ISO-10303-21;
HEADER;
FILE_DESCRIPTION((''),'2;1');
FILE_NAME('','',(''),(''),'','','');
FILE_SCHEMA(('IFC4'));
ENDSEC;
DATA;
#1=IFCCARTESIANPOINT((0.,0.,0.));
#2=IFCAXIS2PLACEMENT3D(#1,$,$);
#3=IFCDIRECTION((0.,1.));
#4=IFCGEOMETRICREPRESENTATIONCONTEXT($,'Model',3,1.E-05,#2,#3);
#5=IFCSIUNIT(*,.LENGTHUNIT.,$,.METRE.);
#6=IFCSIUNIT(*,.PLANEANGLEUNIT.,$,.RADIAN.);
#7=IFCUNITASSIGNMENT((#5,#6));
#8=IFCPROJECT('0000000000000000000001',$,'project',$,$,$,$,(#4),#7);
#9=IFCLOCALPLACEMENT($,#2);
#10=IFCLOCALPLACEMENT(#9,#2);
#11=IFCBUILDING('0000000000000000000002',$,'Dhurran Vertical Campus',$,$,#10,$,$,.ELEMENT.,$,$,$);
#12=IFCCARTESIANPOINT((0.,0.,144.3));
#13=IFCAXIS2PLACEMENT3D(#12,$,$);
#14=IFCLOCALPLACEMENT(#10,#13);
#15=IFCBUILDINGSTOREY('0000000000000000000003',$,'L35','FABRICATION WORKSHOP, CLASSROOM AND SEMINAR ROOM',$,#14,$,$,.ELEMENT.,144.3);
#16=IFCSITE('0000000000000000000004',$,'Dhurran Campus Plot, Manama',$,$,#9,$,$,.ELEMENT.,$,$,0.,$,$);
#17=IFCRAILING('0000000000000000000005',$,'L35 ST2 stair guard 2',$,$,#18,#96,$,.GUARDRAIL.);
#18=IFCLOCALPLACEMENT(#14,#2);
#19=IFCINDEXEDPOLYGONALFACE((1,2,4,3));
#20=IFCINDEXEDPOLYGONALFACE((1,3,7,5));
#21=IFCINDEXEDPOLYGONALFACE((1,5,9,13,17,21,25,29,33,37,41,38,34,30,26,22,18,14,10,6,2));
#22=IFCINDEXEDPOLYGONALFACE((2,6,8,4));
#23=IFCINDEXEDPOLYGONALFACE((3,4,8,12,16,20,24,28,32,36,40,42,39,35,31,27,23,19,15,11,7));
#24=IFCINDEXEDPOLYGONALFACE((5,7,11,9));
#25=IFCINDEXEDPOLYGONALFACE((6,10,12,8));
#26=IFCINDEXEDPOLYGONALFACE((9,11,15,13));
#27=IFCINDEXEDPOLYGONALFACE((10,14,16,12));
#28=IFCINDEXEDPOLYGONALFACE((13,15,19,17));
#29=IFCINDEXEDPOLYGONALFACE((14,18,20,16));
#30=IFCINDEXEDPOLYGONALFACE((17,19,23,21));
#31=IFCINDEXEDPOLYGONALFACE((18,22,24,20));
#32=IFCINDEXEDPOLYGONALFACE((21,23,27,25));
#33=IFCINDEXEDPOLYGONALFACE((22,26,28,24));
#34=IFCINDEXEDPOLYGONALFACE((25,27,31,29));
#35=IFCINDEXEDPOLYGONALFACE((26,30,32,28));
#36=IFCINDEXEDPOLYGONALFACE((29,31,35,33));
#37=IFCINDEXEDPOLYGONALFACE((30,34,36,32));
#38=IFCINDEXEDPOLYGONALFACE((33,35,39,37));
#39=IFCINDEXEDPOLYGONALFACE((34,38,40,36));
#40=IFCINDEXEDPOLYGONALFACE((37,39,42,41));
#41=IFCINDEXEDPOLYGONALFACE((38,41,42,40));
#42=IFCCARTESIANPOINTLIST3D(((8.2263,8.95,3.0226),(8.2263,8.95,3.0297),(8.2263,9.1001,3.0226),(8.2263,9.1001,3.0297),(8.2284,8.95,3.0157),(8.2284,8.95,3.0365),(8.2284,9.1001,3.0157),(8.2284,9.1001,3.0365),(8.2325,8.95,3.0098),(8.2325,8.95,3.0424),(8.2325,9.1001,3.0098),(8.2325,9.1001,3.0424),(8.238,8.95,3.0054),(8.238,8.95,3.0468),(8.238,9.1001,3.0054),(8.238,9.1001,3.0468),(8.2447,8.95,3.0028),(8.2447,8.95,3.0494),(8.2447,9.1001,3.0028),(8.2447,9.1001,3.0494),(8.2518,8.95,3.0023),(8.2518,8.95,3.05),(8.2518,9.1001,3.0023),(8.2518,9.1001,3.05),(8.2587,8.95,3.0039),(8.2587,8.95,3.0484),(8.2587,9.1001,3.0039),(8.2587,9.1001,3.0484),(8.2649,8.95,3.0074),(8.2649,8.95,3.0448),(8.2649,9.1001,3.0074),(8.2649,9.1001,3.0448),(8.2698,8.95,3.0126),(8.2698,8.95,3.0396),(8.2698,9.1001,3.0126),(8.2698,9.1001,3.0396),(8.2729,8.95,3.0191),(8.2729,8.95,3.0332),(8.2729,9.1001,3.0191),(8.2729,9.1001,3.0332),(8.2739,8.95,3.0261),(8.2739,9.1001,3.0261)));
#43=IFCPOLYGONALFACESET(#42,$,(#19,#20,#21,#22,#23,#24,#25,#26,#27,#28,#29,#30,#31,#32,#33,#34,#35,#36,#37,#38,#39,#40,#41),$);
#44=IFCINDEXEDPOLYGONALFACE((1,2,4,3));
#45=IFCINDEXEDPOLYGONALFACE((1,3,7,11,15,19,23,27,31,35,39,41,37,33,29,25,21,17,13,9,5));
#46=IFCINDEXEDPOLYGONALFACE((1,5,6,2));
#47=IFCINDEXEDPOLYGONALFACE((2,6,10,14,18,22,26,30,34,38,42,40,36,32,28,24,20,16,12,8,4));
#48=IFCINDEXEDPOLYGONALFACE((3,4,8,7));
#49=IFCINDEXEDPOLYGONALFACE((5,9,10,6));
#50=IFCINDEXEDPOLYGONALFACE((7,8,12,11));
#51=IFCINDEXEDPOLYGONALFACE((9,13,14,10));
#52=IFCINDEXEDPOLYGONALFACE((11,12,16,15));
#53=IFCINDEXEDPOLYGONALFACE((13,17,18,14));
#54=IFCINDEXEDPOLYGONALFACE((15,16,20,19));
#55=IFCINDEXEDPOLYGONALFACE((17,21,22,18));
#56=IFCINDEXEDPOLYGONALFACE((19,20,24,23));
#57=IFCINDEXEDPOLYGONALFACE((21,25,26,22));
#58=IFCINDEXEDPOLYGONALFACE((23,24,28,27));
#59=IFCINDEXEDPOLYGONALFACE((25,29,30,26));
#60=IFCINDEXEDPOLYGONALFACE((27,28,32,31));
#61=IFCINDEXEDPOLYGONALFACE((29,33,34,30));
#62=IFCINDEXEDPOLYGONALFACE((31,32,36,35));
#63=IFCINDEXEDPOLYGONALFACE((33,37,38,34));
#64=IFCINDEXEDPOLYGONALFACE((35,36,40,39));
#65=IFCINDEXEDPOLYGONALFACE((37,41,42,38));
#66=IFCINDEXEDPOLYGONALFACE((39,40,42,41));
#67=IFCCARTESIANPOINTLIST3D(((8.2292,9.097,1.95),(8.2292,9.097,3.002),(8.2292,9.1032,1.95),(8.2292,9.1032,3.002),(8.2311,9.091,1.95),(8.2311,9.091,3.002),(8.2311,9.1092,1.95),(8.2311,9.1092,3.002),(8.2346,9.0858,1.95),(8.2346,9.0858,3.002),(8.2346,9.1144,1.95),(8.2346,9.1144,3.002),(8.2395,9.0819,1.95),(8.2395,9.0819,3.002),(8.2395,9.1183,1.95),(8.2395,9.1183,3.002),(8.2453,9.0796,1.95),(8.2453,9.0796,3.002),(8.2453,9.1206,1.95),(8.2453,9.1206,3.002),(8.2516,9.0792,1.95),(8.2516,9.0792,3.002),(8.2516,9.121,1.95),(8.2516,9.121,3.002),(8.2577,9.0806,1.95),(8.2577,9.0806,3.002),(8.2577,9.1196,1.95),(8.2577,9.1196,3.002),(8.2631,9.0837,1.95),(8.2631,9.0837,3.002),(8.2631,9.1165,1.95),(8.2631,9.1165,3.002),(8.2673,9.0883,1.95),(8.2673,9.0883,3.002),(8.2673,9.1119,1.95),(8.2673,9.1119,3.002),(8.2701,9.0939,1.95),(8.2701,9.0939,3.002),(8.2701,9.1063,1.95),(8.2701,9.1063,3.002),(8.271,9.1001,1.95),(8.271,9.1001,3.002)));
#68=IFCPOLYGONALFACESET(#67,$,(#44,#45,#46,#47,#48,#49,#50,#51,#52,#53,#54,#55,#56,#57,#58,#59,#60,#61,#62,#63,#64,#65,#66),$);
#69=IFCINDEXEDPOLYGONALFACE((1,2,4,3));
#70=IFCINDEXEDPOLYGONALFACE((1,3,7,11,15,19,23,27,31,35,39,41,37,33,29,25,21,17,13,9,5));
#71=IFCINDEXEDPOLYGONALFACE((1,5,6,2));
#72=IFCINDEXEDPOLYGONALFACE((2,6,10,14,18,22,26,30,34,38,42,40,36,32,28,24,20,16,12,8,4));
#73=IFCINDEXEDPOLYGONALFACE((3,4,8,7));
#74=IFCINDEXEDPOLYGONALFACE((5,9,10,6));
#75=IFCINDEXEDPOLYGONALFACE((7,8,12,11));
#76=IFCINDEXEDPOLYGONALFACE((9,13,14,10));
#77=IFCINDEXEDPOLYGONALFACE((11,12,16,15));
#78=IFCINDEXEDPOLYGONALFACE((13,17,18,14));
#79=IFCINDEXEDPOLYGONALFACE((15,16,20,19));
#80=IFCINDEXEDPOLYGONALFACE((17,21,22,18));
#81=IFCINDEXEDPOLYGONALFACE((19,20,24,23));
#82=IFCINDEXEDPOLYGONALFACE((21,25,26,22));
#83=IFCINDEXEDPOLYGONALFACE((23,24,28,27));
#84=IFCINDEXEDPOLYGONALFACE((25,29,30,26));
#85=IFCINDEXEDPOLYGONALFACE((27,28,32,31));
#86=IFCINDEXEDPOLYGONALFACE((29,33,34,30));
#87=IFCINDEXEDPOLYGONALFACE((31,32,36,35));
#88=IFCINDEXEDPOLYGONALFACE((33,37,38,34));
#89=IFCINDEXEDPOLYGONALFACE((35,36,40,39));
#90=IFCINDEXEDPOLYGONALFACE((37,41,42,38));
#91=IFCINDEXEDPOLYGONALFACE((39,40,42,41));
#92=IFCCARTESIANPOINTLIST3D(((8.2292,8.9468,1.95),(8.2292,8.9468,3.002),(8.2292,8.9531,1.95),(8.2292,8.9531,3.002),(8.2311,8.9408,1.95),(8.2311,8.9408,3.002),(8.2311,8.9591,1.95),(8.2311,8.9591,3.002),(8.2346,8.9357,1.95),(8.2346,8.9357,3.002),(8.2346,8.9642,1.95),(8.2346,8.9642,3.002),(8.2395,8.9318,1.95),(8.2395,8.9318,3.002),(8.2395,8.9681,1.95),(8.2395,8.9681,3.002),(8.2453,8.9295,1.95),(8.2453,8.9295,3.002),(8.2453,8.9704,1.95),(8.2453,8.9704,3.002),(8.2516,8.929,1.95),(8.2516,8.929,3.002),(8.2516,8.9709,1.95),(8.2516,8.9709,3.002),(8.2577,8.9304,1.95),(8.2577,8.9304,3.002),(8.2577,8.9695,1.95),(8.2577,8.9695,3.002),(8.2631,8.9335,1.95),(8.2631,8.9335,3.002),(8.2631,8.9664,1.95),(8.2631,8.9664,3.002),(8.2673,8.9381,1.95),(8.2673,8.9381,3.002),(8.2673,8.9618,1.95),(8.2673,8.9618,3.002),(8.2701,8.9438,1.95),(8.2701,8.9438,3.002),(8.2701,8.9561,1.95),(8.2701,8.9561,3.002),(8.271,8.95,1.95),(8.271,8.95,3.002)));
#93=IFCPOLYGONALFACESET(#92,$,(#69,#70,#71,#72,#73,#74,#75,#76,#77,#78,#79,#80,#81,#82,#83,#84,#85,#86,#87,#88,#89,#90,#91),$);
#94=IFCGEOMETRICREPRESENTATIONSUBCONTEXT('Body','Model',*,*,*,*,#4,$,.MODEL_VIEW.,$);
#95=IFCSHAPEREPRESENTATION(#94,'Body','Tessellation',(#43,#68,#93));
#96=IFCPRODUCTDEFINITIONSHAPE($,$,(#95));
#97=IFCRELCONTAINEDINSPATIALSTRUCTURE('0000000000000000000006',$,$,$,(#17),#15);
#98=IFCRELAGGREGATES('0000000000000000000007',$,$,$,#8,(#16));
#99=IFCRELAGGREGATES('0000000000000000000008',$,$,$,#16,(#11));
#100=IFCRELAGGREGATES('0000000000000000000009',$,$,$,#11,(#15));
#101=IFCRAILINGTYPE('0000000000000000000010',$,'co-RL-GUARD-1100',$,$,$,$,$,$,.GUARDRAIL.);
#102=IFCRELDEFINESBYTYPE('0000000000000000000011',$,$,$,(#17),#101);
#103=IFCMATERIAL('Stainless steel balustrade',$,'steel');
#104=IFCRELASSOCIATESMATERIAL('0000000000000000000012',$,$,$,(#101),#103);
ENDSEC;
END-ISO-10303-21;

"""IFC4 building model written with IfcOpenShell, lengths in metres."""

from ifc_helpers import new_model, si_unit, direction, frame, origin, origin_2d, place, context, subcontext, project, spatial, circle, extrude, material, type_object, element, save


model = new_model("IFC4")

# Units and contexts
model_context = context("Model", 3, precision=1e-05, world=origin(), true_north=direction((0.0, 1.0)))
body_context = subcontext(model_context, "Body", "Model", "MODEL_VIEW")
ifc_project = project(units=[si_unit("LENGTHUNIT", "METRE"), si_unit("PLANEANGLEUNIT", "RADIAN")], contexts=[model_context])

# Site, building, storey
site_placement = place(None, origin())
site = spatial("IfcSite", under=ifc_project, at=site_placement, Name="Dhurran Campus Plot, Manama", CompositionType="ELEMENT", RefElevation=0.0)
building_placement = place(site_placement, origin())
building = spatial("IfcBuilding", under=site, at=building_placement, Name="Dhurran Vertical Campus", CompositionType="ELEMENT")
storey_placement = place(building_placement, frame((0.0, 0.0, 144.3)))
storey = spatial("IfcBuildingStorey", under=building, at=storey_placement, Name="L35", Description="FABRICATION WORKSHOP, CLASSROOM AND SEMINAR ROOM", CompositionType="ELEMENT", Elevation=144.3)

# Railing
ifc_material_1 = material(Name="Stainless steel balustrade", Category="steel")
railing_type_1 = type_object("IfcRailingType", Name="co-RL-GUARD-1100", PredefinedType="GUARDRAIL", material=ifc_material_1)
railing_1_placement = place(storey_placement, frame((8.25, 9.1001, 1.95)))
element("IfcRailing", 1, at=railing_1_placement, inside=storey, type_object=railing_type_1, Name="L35 ST2 stair guard 2", PredefinedType="GUARDRAIL", context=body_context, shape_type="SweptSolid", body=[
    extrude(circle(Radius=0.0239, at=origin_2d()), frame((0.0, 0.0, 1.0762), z_axis=(0.0, -1.0, 0.0), x_axis=(1.0, 0.0, 0.0)), (0.0, 0.0, 1.0), 0.1501),
    extrude(circle(Radius=0.021, at=origin_2d()), origin(), (0.0, 0.0, 1.0), 1.052),
    extrude(circle(Radius=0.021, at=origin_2d()), frame((0.0, -0.1501, 0.0)), (0.0, 0.0, 1.0), 1.052),
])

save(model, "model.ifc")
